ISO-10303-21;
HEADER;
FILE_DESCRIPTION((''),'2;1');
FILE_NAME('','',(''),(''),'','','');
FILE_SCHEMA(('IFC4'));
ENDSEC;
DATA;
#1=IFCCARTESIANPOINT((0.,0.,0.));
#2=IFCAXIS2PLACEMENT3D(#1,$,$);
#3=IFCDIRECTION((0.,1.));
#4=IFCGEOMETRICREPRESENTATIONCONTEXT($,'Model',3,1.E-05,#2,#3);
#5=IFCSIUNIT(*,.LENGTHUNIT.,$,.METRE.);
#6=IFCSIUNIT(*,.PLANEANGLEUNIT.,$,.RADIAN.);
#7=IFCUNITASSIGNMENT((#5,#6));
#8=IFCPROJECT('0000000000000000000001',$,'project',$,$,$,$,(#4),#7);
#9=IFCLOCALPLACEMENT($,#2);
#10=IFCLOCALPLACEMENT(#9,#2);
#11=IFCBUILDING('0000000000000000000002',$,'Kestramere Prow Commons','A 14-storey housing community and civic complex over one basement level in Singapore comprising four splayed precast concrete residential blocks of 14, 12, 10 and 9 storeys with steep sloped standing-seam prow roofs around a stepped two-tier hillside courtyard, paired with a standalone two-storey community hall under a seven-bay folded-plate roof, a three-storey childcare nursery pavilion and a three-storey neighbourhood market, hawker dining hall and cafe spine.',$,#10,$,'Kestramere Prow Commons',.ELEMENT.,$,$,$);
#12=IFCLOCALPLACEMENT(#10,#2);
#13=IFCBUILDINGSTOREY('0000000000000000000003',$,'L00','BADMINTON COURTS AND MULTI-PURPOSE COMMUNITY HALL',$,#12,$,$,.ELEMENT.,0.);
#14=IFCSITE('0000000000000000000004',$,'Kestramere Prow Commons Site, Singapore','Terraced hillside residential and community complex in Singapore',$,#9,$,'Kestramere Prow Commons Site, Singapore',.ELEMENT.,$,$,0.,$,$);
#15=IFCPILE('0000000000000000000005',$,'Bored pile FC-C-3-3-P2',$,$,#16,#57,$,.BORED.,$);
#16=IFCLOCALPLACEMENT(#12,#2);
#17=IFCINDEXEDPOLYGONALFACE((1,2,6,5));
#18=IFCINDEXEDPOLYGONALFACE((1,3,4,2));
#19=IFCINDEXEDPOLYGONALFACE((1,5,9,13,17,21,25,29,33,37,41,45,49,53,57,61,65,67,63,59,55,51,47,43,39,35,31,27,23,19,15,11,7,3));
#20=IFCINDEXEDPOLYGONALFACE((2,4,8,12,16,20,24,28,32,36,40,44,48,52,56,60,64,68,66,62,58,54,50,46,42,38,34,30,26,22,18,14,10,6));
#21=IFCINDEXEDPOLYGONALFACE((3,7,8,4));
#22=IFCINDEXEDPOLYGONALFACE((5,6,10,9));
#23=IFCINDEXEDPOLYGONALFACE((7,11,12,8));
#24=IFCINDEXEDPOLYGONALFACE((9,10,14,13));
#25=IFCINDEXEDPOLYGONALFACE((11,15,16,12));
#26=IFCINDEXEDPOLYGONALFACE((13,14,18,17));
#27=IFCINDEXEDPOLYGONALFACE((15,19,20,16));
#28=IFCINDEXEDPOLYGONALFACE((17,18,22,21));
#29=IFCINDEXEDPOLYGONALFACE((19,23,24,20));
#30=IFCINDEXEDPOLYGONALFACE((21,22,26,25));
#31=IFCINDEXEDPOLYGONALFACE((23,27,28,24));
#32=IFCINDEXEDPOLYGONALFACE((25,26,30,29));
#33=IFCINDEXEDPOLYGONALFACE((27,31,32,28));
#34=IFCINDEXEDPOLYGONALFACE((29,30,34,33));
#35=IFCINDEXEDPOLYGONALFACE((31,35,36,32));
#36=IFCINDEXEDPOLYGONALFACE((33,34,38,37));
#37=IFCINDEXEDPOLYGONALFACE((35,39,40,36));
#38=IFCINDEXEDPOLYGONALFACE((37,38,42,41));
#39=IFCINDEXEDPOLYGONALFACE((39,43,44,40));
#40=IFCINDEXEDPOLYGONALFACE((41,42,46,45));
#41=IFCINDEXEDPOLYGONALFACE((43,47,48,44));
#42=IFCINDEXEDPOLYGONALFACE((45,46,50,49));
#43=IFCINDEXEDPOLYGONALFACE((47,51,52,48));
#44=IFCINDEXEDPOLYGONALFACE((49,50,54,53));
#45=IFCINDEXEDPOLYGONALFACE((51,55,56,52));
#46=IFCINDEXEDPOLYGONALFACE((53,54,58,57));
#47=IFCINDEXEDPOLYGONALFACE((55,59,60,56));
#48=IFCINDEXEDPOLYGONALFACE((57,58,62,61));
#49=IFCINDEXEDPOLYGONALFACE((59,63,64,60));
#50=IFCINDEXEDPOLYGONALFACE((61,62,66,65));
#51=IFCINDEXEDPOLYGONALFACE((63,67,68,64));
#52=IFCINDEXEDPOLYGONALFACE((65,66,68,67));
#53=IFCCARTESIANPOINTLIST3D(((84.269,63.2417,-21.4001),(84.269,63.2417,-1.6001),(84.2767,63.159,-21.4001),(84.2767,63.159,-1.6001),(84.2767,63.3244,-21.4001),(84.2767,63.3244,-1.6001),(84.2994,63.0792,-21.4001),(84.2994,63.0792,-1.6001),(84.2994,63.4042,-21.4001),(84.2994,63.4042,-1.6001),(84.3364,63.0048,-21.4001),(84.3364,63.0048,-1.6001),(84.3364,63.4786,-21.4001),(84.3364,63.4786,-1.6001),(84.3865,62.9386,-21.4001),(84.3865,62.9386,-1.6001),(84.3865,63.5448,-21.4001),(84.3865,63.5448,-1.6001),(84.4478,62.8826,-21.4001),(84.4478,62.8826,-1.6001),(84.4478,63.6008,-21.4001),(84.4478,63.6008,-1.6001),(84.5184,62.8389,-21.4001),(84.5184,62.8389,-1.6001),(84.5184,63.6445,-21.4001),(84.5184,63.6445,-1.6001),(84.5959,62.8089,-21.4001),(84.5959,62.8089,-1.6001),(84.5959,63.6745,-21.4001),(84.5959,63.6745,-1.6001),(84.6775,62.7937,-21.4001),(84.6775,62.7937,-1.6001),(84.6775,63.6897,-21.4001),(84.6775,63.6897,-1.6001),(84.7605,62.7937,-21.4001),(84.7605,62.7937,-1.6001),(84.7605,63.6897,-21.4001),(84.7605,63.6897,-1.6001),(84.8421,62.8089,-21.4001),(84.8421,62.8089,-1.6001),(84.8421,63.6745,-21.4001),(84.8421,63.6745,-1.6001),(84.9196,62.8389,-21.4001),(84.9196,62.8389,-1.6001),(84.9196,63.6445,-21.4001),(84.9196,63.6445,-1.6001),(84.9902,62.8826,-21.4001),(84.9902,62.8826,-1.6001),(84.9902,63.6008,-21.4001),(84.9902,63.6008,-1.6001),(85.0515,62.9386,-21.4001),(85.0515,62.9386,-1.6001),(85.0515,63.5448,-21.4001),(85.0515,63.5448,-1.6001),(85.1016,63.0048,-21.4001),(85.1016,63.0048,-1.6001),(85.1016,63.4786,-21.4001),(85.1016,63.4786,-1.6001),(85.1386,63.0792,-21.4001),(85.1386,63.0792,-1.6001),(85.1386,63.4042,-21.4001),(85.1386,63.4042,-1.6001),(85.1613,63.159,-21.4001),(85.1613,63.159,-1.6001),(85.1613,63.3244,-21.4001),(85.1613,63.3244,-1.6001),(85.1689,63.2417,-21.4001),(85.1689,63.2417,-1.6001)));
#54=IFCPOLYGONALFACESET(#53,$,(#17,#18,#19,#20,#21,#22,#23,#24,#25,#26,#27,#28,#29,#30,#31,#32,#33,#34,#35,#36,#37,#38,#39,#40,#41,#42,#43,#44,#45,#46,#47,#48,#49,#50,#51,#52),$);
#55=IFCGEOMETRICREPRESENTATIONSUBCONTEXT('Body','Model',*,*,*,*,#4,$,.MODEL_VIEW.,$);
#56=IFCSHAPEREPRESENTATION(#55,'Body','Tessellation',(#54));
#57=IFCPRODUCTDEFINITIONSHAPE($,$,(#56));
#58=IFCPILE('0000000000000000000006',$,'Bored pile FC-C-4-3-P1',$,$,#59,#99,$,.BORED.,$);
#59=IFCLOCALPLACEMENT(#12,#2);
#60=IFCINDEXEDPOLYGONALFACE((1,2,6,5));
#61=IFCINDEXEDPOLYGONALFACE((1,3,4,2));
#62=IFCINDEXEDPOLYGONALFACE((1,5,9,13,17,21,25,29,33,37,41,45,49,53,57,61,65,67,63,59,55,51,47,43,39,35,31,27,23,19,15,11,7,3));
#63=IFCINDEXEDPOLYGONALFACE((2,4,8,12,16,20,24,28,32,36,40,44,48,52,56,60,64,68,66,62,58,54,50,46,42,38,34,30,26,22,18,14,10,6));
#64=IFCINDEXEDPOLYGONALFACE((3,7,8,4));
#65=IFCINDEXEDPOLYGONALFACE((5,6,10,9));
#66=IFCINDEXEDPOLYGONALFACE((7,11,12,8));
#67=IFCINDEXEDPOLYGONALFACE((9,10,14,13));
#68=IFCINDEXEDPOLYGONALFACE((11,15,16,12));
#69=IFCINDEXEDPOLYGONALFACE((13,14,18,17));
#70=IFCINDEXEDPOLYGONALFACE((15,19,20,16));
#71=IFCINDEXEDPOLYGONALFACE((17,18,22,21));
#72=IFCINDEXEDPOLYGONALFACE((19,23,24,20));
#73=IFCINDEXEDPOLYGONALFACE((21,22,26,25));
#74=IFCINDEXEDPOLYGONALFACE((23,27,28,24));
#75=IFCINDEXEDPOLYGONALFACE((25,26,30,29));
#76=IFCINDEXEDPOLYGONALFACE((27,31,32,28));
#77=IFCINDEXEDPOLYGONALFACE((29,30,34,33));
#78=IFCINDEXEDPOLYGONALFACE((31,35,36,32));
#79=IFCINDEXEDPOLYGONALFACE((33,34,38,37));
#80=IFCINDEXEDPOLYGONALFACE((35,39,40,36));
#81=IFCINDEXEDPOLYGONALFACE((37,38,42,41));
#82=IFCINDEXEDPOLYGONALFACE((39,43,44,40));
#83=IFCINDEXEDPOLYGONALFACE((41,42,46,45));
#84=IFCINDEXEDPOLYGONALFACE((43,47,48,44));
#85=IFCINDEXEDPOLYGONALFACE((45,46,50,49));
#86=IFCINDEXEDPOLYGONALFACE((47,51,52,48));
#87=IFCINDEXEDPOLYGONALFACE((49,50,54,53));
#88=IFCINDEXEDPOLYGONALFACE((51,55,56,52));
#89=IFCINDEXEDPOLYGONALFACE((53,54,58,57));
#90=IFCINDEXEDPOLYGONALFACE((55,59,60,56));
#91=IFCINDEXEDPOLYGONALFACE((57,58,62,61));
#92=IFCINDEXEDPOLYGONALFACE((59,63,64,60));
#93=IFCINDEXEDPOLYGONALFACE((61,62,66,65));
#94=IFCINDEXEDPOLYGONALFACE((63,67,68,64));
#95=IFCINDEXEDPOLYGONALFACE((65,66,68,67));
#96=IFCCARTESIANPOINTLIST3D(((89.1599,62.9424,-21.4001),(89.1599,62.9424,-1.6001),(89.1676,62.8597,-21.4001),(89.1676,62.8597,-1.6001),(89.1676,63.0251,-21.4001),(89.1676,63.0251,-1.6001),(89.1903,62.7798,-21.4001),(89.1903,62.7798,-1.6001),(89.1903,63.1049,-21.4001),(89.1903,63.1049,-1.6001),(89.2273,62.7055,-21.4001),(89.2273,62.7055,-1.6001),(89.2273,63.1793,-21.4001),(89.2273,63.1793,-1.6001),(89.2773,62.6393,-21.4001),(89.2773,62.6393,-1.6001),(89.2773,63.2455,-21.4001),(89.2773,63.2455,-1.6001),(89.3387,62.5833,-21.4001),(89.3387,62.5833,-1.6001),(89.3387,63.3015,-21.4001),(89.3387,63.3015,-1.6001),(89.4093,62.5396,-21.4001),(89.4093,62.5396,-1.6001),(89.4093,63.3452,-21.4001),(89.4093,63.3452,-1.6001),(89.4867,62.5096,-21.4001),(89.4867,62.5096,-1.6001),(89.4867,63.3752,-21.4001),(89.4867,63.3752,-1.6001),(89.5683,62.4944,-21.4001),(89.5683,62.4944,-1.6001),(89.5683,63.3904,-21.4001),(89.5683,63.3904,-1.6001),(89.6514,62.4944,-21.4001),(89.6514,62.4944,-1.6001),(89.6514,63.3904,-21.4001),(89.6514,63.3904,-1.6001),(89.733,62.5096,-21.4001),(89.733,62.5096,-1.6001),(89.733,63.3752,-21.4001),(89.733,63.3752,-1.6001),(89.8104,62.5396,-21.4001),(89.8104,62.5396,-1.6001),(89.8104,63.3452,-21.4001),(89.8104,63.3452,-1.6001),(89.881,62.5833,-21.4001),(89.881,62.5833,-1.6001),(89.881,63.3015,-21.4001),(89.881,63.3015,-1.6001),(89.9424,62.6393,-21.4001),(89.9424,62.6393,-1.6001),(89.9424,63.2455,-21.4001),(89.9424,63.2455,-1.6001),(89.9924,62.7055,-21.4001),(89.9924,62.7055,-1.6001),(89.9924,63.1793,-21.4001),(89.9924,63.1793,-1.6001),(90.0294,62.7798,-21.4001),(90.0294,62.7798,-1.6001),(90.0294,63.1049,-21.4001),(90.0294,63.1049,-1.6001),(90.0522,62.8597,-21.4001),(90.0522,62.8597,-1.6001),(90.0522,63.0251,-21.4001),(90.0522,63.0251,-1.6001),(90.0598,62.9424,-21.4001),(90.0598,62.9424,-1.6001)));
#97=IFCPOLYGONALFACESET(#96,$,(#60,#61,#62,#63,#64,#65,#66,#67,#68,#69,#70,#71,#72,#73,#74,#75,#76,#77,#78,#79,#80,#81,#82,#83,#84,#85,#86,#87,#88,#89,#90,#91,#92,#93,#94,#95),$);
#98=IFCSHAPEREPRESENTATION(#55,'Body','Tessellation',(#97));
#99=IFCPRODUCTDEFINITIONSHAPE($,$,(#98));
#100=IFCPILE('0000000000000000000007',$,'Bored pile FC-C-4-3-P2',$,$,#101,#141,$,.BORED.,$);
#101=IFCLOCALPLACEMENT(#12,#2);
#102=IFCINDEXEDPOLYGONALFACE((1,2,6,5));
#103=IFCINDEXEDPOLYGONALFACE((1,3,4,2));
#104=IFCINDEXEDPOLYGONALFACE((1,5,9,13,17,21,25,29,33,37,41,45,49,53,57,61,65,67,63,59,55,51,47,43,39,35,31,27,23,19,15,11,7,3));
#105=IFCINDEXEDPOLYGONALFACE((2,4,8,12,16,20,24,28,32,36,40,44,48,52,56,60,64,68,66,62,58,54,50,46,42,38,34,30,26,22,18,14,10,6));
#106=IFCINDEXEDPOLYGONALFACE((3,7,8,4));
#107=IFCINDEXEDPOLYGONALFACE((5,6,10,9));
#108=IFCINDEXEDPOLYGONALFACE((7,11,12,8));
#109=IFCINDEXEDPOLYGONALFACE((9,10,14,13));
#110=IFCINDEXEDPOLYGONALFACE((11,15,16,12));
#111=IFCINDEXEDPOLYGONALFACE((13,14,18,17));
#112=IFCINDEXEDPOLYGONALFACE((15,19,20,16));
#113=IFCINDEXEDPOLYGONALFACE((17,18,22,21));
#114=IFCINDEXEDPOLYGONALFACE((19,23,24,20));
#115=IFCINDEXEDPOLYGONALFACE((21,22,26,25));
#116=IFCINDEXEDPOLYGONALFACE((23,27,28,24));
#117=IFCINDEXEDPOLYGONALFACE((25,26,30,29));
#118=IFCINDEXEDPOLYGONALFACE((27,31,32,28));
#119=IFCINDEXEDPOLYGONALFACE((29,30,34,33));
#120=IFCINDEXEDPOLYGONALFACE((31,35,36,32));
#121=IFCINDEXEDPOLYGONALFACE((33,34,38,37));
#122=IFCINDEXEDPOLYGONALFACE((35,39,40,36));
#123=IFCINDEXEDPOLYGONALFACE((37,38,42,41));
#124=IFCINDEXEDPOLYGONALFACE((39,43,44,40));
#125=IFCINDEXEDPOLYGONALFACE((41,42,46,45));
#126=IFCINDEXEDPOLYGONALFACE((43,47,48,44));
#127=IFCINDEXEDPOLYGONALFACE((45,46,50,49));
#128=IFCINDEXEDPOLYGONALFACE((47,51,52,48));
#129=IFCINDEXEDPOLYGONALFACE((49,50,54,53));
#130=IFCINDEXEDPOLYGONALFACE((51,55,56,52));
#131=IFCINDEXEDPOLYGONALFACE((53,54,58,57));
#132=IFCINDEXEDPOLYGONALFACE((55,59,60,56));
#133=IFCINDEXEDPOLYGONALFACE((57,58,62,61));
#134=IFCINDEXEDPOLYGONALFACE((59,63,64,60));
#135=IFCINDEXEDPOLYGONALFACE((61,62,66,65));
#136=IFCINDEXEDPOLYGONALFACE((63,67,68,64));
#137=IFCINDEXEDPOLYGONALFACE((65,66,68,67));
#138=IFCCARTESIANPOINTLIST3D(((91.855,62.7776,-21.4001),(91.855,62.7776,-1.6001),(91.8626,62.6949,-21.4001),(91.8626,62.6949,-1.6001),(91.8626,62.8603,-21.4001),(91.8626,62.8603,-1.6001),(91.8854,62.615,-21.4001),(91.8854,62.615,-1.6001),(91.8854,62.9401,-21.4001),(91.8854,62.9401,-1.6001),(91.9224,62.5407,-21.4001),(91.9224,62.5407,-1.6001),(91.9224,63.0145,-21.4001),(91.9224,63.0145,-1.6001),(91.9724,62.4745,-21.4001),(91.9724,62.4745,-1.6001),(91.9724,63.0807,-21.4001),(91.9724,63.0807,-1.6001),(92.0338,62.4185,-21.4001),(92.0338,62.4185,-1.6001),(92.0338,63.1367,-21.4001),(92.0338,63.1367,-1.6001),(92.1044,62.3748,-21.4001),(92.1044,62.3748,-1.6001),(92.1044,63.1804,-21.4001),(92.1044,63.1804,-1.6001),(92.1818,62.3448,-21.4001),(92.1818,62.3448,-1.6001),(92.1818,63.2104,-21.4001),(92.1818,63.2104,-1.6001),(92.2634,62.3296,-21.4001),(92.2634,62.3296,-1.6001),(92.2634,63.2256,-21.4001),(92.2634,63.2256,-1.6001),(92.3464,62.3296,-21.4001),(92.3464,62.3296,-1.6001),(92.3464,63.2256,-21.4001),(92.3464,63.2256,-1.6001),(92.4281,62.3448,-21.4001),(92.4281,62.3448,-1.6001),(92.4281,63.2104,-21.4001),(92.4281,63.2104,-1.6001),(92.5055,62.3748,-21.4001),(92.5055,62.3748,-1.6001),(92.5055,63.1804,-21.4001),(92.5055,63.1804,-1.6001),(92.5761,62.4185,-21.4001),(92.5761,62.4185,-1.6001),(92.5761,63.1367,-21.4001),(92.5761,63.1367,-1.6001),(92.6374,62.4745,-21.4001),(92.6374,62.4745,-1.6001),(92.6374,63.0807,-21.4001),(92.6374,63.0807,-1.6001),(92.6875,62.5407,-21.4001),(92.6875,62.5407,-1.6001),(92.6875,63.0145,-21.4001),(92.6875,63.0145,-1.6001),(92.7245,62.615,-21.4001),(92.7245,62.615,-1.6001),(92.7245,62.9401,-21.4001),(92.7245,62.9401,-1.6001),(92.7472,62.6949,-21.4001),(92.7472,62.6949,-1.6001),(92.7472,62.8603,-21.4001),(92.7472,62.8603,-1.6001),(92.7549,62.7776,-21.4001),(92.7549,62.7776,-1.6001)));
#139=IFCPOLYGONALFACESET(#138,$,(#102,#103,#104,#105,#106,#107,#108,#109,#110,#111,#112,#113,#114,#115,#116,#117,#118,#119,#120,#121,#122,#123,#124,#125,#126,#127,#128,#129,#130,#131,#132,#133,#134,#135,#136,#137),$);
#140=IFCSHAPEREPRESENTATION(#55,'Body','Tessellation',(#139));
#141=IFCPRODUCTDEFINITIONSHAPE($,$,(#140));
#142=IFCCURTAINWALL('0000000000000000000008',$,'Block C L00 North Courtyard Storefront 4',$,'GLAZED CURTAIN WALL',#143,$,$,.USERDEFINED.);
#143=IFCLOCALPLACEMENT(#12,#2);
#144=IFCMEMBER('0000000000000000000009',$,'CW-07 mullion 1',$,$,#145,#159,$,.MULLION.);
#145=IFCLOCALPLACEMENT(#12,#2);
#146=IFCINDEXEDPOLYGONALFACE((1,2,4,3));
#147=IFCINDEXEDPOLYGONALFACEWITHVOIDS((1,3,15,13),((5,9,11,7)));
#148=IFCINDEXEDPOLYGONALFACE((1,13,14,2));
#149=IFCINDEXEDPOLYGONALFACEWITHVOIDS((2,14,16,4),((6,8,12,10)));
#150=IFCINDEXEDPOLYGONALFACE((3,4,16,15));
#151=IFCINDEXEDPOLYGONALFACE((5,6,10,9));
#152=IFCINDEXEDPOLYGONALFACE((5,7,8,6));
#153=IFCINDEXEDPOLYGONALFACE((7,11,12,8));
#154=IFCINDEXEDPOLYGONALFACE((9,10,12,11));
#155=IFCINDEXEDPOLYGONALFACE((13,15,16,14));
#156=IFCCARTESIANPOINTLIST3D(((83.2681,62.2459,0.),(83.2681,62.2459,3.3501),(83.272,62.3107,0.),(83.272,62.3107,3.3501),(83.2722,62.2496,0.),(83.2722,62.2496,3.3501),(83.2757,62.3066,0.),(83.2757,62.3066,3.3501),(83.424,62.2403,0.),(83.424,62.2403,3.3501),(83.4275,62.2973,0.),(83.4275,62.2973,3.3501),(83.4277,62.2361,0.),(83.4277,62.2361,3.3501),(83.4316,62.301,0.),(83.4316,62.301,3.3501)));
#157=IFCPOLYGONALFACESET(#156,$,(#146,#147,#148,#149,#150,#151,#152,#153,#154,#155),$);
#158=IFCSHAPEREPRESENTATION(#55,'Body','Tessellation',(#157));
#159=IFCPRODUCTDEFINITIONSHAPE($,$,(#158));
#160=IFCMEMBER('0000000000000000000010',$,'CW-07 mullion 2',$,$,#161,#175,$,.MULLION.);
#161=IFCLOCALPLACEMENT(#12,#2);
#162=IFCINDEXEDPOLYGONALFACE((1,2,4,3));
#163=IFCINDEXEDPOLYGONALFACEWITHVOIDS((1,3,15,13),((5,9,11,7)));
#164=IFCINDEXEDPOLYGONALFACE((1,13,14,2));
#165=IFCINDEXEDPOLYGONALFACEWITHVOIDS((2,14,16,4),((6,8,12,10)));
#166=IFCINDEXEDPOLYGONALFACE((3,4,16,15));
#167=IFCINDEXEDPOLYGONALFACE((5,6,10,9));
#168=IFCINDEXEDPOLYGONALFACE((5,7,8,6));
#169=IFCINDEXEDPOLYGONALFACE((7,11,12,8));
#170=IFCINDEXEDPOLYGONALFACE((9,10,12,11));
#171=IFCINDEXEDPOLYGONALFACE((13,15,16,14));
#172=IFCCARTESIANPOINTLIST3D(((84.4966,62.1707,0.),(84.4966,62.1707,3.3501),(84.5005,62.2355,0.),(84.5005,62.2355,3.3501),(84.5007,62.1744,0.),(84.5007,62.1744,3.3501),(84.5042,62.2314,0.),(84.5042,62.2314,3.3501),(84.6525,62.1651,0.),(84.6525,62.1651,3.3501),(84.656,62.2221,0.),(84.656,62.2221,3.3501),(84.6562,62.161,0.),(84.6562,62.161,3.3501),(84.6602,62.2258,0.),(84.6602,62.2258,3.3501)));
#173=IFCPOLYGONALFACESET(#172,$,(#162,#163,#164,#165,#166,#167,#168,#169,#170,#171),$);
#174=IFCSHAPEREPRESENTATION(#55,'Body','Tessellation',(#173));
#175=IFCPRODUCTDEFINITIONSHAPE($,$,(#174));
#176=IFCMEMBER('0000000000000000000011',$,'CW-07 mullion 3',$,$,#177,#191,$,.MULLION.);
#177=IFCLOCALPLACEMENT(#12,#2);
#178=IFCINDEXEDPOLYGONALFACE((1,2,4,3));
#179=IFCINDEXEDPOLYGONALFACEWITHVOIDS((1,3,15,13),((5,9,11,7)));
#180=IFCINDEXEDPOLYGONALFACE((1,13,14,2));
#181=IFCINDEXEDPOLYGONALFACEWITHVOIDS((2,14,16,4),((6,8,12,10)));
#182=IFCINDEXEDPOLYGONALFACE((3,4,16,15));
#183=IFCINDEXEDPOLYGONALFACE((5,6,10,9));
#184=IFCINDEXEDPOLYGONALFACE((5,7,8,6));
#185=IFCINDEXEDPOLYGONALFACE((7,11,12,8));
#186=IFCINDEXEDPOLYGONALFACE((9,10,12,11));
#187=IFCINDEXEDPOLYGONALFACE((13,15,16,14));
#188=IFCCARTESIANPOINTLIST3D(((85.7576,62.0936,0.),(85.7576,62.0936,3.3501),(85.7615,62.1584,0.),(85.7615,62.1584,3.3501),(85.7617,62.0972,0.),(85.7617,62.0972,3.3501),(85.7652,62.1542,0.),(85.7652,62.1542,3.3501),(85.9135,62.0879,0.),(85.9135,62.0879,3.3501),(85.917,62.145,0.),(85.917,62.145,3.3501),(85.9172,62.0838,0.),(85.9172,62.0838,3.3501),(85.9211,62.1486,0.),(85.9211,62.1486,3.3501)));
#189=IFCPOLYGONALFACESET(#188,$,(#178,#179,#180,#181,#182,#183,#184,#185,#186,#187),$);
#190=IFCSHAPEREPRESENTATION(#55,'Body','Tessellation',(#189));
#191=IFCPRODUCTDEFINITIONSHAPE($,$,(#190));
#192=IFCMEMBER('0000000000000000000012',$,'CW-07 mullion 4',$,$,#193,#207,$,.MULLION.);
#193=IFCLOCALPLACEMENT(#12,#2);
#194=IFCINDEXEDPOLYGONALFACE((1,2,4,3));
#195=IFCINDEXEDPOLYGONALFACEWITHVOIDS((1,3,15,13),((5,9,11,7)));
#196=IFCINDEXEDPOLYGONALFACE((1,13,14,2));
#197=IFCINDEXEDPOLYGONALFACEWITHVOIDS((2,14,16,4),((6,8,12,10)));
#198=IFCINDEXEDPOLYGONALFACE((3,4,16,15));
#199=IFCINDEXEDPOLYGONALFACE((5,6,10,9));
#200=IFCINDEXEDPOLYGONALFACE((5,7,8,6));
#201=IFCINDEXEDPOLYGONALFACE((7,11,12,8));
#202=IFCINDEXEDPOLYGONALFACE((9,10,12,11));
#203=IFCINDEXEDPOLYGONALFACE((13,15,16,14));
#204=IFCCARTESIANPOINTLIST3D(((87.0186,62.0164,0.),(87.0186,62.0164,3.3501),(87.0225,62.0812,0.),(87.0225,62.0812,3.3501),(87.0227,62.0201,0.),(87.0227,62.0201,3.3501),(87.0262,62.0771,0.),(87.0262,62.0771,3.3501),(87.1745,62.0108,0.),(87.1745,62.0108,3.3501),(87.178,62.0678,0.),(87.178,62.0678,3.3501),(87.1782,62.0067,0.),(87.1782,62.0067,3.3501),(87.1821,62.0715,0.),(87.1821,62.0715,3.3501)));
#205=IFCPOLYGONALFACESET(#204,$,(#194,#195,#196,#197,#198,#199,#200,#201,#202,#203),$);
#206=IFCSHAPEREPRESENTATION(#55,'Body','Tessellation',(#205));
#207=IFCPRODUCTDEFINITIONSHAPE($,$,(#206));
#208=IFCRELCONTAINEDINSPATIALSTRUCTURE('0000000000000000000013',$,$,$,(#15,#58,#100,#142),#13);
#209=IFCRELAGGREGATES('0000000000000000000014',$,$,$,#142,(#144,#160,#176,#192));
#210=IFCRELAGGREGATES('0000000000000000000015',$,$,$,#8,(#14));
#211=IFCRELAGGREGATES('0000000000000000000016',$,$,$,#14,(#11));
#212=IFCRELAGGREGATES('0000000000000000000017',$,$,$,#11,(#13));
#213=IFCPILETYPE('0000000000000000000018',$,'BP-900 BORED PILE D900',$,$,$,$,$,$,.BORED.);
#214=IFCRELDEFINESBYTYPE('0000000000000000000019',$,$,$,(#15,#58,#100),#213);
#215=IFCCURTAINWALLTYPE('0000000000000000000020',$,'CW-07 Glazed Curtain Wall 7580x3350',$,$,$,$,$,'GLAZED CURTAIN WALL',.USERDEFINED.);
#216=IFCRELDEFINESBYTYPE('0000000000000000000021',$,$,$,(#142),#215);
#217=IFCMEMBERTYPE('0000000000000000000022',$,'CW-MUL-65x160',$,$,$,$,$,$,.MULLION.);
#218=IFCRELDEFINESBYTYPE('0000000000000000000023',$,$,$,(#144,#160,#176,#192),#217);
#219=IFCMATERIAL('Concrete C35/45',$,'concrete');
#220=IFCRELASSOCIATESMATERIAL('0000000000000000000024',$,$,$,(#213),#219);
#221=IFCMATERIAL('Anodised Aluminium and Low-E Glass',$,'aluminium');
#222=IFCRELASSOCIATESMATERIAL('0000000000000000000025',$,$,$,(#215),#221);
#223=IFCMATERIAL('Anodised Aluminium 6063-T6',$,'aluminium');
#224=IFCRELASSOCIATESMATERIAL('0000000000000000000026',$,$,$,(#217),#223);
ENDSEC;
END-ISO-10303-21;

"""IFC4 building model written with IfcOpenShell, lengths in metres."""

from ifc_helpers import new_model, si_unit, direction, frame, origin, origin_2d, place, context, subcontext, project, spatial, hollow_rectangle, circle, extrude, material, material_profile, profile_set, type_object, element, aggregate, save


model = new_model("IFC4")

# Units and contexts
model_context = context("Model", 3, precision=1e-05, world=origin(), true_north=direction((0.0, 1.0)))
body_context = subcontext(model_context, "Body", "Model", "MODEL_VIEW")
ifc_project = project(units=[si_unit("LENGTHUNIT", "METRE"), si_unit("PLANEANGLEUNIT", "RADIAN")], contexts=[model_context])

# Site, building, storey
site_placement = place(None, origin())
site = spatial("IfcSite", under=ifc_project, at=site_placement, Name="Kestramere Prow Commons Site, Singapore", Description="Terraced hillside residential and community complex in Singapore", LongName="Kestramere Prow Commons Site, Singapore", CompositionType="ELEMENT", RefElevation=0.0)
building_placement = place(site_placement, origin())
building = spatial("IfcBuilding", under=site, at=building_placement, Name="Kestramere Prow Commons", Description="A 14-storey housing community and civic complex over one basement level in Singapore comprising four splayed precast concrete residential blocks of 14, 12, 10 and 9 storeys with steep sloped standing-seam prow roofs around a stepped two-tier hillside courtyard, paired with a standalone two-storey community hall under a seven-bay folded-plate roof, a three-storey childcare nursery pavilion and a three-storey neighbourhood market, hawker dining hall and cafe spine.", LongName="Kestramere Prow Commons", CompositionType="ELEMENT")
storey_placement = place(building_placement, origin())
storey = spatial("IfcBuildingStorey", under=building, at=storey_placement, Name="L00", Description="BADMINTON COURTS AND MULTI-PURPOSE COMMUNITY HALL", CompositionType="ELEMENT", Elevation=0.0)

# Piles
ifc_material_1 = material(Name="Concrete C35/45", Category="concrete")
ifc_material_profile_1 = material_profile(ifc_material_1, circle(Radius=0.45, at=origin_2d()), Name="BORED PILE D900")
ifc_profile_set_1 = profile_set([ifc_material_profile_1], Name="Concrete C35/45")
pile_type = type_object("IfcPileType", Name="BP-900 BORED PILE D900", PredefinedType="BORED", material=ifc_profile_set_1)
for number, where, z_axis, x_axis, name in (
    (1, (84.719, 63.2417, -1.6001), (0.0, 0.0, -1.0), (1.0, 0.0, 0.0), "Bored pile FC-C-3-3-P2"),
    (2, (89.6099, 62.9424, -1.6001), (0.0, 0.0, -1.0), (1.0, 0.0, 0.0), "Bored pile FC-C-4-3-P1"),
    (3, (92.3049, 62.7776, -1.6001), (0.0, 0.0, -1.0), (1.0, 0.0, 0.0), "Bored pile FC-C-4-3-P2"),
):
    element("IfcPile", number, at=place(storey_placement, frame(where, z_axis=z_axis, x_axis=x_axis)), inside=storey, type_object=pile_type, Name=name, PredefinedType="BORED", context=body_context, shape_type="SweptSolid", body=[
        extrude(circle(Radius=0.45, at=origin_2d()), origin(), (0.0, 0.0, 1.0), 19.8),
    ])

# Curtain wall, members
ifc_material_2 = material(Name="Anodised Aluminium and Low-E Glass", Category="aluminium")
curtain_wall_type = type_object("IfcCurtainWallType", Name="CW-07 Glazed Curtain Wall 7580x3350", ElementType="GLAZED CURTAIN WALL", PredefinedType="USERDEFINED", material=ifc_material_2)
curtain_wall_placement = place(storey_placement, origin())
curtain_wall = element("IfcCurtainWall", 4, at=curtain_wall_placement, inside=storey, type_object=curtain_wall_type, Name="Block C L00 North Courtyard Storefront 4", ObjectType="GLAZED CURTAIN WALL", PredefinedType="USERDEFINED")
ifc_material_3 = material(Name="Anodised Aluminium 6063-T6", Category="aluminium")
ifc_material_profile_2 = material_profile(ifc_material_3, hollow_rectangle(XDim=0.0649, YDim=0.1599, WallThickness=0.0039, at=origin_2d()), Name="ALU-MUL 65x160")
ifc_profile_set_2 = profile_set([ifc_material_profile_2], Name="Anodised Aluminium 6063-T6")
member_type_1 = type_object("IfcMemberType", Name="CW-MUL-65x160", PredefinedType="MULLION", material=ifc_profile_set_2)
member_1_placement = place(storey_placement, frame((83.3499, 62.2734, 0.0), z_axis=(0.0, 0.0, 1.0), x_axis=(0.061049, 0.998135, 0.0)))
member_1 = element("IfcMember", 5, at=member_1_placement, type_object=member_type_1, Name="CW-07 mullion 1", PredefinedType="MULLION", context=body_context, shape_type="SweptSolid", body=[
    extrude(hollow_rectangle(XDim=0.0649, YDim=0.1599, WallThickness=0.0039, at=origin_2d()), origin(), (0.0, 0.0, 1.0), 3.3501),
])
member_2_placement = place(storey_placement, frame((84.5784, 62.1982, 0.0), z_axis=(0.0, 0.0, 1.0), x_axis=(0.061049, 0.998135, 0.0)))
member_2 = element("IfcMember", 6, at=member_2_placement, type_object=member_type_1, Name="CW-07 mullion 2", PredefinedType="MULLION", context=body_context, shape_type="SweptSolid", body=[
    extrude(hollow_rectangle(XDim=0.0649, YDim=0.1599, WallThickness=0.0039, at=origin_2d()), origin(), (0.0, 0.0, 1.0), 3.3501),
])
member_3_placement = place(storey_placement, frame((85.8394, 62.1211, 0.0), z_axis=(0.0, 0.0, 1.0), x_axis=(0.061049, 0.998135, 0.0)))
member_3 = element("IfcMember", 7, at=member_3_placement, type_object=member_type_1, Name="CW-07 mullion 3", PredefinedType="MULLION", context=body_context, shape_type="SweptSolid", body=[
    extrude(hollow_rectangle(XDim=0.0649, YDim=0.1599, WallThickness=0.0039, at=origin_2d()), origin(), (0.0, 0.0, 1.0), 3.3501),
])
member_4_placement = place(storey_placement, frame((87.1003, 62.0439, 0.0), z_axis=(0.0, 0.0, 1.0), x_axis=(0.061049, 0.998135, 0.0)))
member_4 = element("IfcMember", 8, at=member_4_placement, type_object=member_type_1, Name="CW-07 mullion 4", PredefinedType="MULLION", context=body_context, shape_type="SweptSolid", body=[
    extrude(hollow_rectangle(XDim=0.0649, YDim=0.1599, WallThickness=0.0039, at=origin_2d()), origin(), (0.0, 0.0, 1.0), 3.3501),
])
aggregate(curtain_wall, [member_1, member_2, member_3, member_4])

save(model, "model.ifc")
